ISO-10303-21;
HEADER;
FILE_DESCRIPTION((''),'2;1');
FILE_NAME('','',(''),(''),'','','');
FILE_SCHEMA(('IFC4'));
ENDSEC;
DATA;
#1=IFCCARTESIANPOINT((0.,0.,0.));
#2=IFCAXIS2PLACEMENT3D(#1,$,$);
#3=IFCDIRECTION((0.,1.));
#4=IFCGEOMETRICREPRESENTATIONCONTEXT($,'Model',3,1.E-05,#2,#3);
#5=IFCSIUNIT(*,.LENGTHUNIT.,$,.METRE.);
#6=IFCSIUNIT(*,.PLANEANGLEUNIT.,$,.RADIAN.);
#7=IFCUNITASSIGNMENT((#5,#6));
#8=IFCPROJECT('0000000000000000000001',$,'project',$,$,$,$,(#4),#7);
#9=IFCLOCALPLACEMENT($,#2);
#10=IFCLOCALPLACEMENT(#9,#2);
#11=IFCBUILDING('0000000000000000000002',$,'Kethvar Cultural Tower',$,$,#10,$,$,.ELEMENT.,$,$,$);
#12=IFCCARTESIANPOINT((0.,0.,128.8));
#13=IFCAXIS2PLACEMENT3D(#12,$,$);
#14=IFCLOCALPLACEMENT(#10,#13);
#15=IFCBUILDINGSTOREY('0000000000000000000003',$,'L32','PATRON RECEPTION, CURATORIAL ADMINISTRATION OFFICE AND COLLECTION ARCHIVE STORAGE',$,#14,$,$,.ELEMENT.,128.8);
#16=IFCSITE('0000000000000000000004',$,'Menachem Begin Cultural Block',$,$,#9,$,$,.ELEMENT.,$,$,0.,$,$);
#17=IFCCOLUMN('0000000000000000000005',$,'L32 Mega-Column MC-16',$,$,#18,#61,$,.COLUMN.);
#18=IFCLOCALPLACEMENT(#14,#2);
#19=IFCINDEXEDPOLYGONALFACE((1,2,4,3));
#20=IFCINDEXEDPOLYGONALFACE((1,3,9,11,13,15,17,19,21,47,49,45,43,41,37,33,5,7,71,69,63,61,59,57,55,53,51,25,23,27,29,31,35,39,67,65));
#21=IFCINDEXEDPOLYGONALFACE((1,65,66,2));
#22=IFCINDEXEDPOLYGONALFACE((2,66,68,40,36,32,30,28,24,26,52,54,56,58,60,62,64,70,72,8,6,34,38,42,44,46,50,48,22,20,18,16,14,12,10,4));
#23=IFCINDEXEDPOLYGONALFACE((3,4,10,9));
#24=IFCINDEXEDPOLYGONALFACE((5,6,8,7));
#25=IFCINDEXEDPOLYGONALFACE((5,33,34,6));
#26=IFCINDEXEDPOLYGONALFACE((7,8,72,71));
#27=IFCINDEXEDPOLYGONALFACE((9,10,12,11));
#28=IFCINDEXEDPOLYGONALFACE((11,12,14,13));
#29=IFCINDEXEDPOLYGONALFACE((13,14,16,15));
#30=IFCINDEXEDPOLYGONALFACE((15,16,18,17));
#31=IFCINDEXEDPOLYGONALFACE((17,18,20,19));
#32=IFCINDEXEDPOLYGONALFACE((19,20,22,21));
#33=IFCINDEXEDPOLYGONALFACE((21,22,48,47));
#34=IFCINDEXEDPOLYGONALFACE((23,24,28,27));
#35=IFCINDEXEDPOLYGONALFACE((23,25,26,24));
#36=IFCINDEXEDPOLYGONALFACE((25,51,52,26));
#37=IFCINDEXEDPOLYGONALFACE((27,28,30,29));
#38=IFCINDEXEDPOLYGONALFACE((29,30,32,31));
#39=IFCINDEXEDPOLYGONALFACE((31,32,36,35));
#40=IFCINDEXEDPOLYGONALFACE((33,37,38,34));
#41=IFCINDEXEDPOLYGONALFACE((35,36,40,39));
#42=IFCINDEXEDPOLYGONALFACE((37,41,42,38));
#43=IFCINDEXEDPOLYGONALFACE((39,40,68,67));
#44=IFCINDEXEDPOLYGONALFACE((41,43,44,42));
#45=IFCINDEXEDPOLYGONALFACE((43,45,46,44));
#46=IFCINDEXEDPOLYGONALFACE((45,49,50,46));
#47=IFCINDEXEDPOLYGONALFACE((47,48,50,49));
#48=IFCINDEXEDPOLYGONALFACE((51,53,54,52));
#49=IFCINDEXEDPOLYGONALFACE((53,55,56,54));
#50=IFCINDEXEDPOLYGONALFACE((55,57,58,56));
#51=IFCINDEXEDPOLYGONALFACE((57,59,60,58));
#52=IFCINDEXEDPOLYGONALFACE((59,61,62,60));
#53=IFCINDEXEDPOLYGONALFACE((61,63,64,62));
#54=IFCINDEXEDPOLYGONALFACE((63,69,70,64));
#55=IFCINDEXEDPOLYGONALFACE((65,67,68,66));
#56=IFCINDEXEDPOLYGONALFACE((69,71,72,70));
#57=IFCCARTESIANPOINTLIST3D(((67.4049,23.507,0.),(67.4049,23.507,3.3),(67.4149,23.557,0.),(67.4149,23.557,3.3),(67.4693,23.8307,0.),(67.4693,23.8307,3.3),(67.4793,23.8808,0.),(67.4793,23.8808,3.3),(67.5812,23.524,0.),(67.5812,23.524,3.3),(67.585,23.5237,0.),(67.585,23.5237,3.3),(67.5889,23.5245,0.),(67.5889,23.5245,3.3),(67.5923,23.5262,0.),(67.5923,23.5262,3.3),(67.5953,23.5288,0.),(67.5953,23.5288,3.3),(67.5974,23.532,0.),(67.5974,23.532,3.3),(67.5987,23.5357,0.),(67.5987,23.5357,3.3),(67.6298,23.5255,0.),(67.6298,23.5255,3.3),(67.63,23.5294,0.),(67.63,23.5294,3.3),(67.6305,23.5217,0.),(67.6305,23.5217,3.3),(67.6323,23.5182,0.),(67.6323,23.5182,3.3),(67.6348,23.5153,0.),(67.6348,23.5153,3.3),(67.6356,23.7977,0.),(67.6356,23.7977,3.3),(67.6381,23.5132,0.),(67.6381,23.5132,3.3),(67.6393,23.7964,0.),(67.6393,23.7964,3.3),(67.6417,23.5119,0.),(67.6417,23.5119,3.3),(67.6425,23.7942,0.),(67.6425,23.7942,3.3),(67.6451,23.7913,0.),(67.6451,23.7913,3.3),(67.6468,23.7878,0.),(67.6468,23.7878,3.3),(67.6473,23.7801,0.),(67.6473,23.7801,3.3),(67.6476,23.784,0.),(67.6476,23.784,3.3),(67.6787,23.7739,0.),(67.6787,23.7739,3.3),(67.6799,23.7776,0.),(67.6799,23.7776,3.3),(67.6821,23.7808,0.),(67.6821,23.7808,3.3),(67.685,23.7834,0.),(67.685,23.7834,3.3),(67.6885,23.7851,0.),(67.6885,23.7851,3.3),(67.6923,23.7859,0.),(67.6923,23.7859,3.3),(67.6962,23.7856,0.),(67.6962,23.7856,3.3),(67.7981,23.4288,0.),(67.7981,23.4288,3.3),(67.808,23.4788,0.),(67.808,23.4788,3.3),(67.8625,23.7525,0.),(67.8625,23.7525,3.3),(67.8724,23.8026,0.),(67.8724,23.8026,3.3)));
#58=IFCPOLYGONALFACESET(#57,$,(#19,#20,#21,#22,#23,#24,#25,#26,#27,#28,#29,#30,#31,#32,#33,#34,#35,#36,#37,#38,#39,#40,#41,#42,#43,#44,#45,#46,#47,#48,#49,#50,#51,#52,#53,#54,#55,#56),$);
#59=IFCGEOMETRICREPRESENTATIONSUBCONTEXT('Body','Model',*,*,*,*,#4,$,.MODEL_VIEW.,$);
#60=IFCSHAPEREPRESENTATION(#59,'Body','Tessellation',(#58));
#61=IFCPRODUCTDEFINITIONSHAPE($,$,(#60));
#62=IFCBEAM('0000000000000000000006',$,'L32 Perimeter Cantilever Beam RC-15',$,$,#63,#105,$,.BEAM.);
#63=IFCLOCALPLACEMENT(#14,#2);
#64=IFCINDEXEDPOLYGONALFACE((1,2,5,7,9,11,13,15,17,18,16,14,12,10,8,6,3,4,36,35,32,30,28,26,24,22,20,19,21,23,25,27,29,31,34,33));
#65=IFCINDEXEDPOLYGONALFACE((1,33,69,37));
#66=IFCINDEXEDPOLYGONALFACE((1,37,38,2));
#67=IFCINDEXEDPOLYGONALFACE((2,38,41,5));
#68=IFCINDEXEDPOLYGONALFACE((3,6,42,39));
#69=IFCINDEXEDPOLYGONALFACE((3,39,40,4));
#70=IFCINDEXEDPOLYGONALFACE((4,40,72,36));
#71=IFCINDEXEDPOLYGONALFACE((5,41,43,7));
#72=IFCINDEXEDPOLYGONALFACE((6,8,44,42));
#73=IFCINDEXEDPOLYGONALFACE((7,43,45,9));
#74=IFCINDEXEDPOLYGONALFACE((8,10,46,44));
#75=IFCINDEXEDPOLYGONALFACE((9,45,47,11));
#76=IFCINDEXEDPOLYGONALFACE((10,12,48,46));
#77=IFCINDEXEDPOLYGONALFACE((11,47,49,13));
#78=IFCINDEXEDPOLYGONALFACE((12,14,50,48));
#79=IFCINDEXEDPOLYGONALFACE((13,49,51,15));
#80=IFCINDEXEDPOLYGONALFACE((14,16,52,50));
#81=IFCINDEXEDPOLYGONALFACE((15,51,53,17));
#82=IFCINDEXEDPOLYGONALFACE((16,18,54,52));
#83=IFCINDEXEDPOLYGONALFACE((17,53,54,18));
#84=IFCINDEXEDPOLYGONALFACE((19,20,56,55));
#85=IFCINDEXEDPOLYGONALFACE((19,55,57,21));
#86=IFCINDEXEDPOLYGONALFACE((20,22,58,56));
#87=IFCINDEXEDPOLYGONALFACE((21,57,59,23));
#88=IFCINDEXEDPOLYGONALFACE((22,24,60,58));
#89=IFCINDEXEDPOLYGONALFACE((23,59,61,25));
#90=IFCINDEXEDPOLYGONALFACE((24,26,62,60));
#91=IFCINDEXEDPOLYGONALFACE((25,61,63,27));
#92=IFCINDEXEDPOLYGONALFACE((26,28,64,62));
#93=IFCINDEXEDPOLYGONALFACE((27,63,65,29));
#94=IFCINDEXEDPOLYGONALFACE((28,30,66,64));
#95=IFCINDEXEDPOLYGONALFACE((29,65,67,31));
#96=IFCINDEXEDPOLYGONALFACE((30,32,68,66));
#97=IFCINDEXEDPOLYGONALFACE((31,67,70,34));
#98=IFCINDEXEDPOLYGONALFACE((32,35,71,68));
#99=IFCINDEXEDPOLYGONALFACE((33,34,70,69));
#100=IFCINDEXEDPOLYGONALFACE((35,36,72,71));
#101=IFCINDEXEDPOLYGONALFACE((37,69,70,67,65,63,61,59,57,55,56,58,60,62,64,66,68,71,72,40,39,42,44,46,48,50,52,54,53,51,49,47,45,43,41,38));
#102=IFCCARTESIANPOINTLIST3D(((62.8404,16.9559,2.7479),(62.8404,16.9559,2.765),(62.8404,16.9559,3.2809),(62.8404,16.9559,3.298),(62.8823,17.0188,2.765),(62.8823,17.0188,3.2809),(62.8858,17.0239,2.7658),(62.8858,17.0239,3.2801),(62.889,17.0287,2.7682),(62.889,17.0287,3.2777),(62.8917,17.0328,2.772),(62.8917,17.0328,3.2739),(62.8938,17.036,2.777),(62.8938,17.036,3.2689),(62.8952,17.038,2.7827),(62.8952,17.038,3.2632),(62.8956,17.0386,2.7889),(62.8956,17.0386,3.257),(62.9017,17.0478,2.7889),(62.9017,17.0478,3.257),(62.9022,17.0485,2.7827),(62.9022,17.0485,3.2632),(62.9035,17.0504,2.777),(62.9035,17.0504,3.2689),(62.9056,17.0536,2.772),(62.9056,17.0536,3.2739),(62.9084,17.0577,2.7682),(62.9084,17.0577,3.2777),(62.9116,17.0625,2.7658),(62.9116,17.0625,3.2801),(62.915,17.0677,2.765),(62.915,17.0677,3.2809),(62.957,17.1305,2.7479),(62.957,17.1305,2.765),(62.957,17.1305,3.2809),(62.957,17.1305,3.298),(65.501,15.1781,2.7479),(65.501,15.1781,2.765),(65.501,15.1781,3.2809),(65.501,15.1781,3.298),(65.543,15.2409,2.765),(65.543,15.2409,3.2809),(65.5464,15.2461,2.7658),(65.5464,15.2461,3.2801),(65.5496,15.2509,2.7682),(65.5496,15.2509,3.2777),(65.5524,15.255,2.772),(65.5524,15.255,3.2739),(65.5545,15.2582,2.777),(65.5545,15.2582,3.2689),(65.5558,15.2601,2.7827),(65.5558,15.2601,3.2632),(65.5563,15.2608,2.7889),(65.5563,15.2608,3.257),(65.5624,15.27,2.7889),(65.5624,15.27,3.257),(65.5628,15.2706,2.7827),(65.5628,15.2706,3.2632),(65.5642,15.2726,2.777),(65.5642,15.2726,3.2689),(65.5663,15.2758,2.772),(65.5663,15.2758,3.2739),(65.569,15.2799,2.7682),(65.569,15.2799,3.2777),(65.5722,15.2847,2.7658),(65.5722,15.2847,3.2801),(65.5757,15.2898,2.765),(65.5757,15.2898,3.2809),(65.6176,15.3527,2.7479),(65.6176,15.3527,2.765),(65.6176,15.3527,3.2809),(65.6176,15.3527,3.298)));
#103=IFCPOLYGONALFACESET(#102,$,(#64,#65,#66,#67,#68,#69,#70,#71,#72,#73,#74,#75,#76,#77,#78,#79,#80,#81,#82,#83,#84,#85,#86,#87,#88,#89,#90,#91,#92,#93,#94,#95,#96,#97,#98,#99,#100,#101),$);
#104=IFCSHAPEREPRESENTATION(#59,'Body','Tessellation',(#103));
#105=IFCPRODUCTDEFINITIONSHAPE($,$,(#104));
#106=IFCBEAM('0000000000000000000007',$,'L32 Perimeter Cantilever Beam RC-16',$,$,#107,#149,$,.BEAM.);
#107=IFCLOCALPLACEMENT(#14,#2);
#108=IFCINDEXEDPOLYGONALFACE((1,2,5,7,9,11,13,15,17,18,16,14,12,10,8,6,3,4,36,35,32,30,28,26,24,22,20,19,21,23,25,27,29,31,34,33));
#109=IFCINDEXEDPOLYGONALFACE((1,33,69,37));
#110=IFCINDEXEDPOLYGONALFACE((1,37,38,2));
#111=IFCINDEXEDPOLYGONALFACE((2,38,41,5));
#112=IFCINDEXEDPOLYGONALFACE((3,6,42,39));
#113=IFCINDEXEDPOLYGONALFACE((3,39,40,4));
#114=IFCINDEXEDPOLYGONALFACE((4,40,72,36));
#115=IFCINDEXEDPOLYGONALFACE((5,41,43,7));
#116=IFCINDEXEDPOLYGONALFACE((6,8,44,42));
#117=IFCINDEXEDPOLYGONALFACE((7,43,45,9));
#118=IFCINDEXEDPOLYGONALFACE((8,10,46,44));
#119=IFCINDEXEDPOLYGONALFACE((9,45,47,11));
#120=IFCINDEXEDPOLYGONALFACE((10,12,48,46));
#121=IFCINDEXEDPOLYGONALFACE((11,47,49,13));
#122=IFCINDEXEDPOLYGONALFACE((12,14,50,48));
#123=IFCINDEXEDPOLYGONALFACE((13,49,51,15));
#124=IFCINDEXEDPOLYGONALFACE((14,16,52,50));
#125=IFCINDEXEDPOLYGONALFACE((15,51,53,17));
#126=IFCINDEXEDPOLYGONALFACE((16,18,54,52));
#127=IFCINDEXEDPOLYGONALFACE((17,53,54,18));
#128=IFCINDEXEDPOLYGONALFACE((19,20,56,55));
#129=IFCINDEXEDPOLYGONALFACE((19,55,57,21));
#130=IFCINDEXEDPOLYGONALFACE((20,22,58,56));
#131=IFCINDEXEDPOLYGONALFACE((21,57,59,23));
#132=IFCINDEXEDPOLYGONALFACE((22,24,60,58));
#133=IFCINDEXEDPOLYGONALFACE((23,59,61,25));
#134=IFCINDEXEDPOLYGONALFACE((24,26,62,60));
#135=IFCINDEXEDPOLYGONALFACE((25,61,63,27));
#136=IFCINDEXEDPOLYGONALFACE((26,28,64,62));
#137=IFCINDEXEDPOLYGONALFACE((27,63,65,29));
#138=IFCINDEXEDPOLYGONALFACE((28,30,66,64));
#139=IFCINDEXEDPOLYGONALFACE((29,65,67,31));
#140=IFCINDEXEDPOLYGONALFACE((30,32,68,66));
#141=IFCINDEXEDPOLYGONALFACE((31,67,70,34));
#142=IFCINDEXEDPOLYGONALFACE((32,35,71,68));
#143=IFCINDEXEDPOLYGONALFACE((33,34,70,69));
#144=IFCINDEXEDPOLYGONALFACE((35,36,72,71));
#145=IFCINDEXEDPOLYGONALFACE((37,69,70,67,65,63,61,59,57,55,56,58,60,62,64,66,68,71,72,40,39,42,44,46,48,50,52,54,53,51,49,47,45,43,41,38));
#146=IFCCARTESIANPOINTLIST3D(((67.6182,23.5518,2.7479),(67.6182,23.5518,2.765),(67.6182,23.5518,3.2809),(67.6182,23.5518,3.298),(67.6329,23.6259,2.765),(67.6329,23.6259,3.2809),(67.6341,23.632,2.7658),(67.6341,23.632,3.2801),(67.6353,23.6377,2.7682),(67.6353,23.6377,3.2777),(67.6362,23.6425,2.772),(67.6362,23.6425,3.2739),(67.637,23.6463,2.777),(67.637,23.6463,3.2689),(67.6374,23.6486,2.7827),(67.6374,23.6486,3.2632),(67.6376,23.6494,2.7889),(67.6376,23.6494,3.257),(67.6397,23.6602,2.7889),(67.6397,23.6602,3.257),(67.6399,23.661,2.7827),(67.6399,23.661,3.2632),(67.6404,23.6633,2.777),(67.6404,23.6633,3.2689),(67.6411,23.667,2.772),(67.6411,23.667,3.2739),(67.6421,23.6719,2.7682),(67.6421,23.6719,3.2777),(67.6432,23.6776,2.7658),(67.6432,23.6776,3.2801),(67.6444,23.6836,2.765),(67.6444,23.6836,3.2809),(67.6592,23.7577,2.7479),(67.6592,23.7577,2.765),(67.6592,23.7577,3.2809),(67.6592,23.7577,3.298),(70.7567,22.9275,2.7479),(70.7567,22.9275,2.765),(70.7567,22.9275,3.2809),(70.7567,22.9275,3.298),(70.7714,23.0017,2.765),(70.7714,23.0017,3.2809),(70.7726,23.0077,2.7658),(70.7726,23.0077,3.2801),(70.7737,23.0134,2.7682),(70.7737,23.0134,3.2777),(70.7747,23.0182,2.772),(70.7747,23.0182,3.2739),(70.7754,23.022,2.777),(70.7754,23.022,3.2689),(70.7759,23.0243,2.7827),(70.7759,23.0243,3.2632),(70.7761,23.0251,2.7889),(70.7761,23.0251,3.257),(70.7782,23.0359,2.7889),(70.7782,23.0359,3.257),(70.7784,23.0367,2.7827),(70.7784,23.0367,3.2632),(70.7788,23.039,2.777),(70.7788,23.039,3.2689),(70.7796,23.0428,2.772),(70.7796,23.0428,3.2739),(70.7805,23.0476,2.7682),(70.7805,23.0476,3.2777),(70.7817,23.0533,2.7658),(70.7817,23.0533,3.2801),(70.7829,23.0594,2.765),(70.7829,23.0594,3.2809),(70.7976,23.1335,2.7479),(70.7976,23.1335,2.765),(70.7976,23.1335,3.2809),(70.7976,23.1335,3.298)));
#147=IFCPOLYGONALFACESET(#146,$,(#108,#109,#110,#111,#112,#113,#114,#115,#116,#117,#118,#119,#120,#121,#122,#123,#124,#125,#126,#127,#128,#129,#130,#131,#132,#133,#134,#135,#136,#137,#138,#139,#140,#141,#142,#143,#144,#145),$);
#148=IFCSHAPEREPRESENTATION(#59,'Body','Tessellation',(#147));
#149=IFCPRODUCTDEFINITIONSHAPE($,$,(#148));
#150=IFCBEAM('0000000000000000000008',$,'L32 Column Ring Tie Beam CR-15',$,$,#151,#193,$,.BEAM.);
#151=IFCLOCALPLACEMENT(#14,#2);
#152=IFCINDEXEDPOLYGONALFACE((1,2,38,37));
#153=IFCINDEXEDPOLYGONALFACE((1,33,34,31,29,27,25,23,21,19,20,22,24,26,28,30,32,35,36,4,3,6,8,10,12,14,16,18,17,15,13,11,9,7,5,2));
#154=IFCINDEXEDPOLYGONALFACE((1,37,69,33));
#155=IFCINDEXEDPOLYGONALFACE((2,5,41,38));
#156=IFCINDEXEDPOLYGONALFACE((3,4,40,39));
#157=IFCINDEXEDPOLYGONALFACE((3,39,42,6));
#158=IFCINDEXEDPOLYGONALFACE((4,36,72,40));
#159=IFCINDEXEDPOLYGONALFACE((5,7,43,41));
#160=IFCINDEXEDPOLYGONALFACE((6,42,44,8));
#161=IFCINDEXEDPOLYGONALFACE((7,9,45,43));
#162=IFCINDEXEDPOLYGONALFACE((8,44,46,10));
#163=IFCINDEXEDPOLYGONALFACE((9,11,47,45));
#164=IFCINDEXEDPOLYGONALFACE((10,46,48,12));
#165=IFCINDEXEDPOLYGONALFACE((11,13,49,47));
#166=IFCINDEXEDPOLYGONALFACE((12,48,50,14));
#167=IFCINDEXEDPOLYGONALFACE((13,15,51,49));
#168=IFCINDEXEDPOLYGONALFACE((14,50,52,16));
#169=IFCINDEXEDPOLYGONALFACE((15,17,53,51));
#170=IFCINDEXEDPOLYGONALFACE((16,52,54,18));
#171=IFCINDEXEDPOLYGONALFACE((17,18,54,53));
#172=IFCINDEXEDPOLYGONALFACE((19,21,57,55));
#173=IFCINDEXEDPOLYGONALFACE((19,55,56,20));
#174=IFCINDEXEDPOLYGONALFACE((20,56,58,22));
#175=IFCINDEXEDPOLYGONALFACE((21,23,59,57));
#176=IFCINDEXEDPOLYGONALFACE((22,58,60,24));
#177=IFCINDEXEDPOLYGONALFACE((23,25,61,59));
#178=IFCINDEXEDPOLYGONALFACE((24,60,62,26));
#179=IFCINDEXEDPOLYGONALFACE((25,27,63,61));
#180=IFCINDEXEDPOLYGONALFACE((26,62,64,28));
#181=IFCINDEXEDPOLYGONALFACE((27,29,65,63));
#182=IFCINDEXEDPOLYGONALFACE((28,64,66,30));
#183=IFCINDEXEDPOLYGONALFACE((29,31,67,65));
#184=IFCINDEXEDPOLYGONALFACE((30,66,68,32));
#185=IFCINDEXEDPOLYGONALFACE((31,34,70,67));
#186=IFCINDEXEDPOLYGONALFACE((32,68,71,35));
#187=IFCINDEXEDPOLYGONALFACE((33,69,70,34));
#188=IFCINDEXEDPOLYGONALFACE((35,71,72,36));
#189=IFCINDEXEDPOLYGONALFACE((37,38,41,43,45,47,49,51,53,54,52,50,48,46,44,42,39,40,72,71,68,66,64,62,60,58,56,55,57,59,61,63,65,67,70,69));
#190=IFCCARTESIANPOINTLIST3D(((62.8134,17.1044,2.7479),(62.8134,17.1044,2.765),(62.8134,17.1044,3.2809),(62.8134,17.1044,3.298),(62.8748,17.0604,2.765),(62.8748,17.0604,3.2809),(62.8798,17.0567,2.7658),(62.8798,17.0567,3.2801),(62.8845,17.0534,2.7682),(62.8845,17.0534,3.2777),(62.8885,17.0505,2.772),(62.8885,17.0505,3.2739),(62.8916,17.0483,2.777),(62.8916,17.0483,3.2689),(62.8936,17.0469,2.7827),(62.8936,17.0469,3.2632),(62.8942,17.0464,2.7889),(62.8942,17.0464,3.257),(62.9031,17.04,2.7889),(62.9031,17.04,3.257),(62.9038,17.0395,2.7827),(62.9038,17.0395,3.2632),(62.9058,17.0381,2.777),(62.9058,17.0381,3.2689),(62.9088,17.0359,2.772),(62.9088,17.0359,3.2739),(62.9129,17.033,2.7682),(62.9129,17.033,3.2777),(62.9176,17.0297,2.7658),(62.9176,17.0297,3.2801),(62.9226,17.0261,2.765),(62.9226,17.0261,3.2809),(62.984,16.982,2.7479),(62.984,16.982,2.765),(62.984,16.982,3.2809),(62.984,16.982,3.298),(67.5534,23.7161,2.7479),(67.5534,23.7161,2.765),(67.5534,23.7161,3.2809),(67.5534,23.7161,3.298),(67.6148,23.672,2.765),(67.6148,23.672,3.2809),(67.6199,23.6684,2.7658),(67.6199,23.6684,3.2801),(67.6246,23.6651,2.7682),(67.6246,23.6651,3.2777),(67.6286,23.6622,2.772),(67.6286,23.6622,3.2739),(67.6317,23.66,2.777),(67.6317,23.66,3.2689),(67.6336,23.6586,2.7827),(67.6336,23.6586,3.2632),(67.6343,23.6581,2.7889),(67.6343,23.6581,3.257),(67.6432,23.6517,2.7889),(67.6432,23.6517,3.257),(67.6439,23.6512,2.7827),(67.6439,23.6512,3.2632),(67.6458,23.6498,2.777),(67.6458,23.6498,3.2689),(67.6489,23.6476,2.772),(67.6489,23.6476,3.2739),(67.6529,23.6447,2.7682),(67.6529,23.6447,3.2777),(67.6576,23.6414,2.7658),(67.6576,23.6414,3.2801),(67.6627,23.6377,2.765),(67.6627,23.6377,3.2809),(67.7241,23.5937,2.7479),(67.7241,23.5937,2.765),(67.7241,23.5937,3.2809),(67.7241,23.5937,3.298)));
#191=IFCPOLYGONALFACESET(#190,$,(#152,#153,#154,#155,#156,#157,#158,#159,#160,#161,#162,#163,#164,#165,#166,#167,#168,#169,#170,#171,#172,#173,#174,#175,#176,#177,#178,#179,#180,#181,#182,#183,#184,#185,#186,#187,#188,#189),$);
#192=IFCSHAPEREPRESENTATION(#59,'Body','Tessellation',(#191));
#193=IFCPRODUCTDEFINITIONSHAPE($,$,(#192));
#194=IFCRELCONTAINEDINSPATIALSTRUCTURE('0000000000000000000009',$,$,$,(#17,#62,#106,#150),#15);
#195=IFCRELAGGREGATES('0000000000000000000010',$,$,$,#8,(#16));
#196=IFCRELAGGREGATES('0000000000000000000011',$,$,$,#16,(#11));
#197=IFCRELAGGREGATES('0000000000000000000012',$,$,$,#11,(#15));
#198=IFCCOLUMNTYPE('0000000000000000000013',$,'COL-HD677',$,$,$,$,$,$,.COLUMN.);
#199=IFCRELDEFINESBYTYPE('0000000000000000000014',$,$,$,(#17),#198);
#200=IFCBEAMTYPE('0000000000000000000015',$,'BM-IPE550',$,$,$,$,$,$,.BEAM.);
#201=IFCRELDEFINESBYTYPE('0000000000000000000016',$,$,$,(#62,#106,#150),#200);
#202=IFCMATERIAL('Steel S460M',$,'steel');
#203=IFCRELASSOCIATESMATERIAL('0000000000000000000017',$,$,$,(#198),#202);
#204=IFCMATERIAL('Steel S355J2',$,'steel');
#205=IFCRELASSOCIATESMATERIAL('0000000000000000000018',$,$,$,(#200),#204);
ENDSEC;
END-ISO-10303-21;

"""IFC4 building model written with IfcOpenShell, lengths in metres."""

from ifc_helpers import new_model, si_unit, direction, frame, origin, origin_2d, place, context, subcontext, project, spatial, i_section, extrude, source, transform, mapped, material, material_profile, profile_set, type_object, element, save


model = new_model("IFC4")

# Units and contexts
model_context = context("Model", 3, precision=1e-05, world=origin(), true_north=direction((0.0, 1.0)))
body_context = subcontext(model_context, "Body", "Model", "MODEL_VIEW")
ifc_project = project(units=[si_unit("LENGTHUNIT", "METRE"), si_unit("PLANEANGLEUNIT", "RADIAN")], contexts=[model_context])

# Site, building, storey
site_placement = place(None, origin())
site = spatial("IfcSite", under=ifc_project, at=site_placement, Name="Menachem Begin Cultural Block", CompositionType="ELEMENT", RefElevation=0.0)
building_placement = place(site_placement, origin())
building = spatial("IfcBuilding", under=site, at=building_placement, Name="Kethvar Cultural Tower", CompositionType="ELEMENT")
storey_placement = place(building_placement, frame((0.0, 0.0, 128.8)))
storey = spatial("IfcBuildingStorey", under=building, at=storey_placement, Name="L32", Description="PATRON RECEPTION, CURATORIAL ADMINISTRATION OFFICE AND COLLECTION ARCHIVE STORAGE", CompositionType="ELEMENT", Elevation=128.8)

# Column
ifc_material_1 = material(Name="Steel S460M", Category="steel")
ifc_material_profile_1 = material_profile(ifc_material_1, i_section(OverallWidth=0.4009, OverallDepth=0.3811, WebThickness=0.032, FlangeThickness=0.051, FilletRadius=0.0149, at=origin_2d()), Name="Steel S460M — HD400x677")
ifc_profile_set_1 = profile_set([ifc_material_profile_1], Name="Steel S460M — HD400x677")
column_type = type_object("IfcColumnType", Name="COL-HD677", PredefinedType="COLUMN", material=ifc_profile_set_1)
shared_shape_1 = source(origin(), body_context, "Body", "SweptSolid", [
    extrude(i_section(OverallWidth=0.4009, OverallDepth=0.3811, WebThickness=0.032, FlangeThickness=0.051, FilletRadius=0.0149, at=origin_2d()), origin(), (0.0, 0.0, 1.0), 3.3),
])
column_placement = place(storey_placement, frame((67.6387, 23.6548, 0.0), z_axis=(0.0, 0.0, 1.0), x_axis=(0.980785, -0.19509, 0.0)))
element("IfcColumn", 1, at=column_placement, inside=storey, type_object=column_type, Name="L32 Mega-Column MC-16", PredefinedType="COLUMN", context=body_context, shape_type="MappedRepresentation", body=[
    mapped(shared_shape_1, transform((0.0, 0.0, 0.0), scale=1.0)),
])

# Beams
ifc_material_2 = material(Name="Steel S355J2", Category="steel")
ifc_material_profile_2 = material_profile(ifc_material_2, i_section(OverallWidth=0.21, OverallDepth=0.55, WebThickness=0.011, FlangeThickness=0.0171, FilletRadius=0.0239, at=origin_2d()), Name="Steel S355J2 — IPE550")
ifc_profile_set_2 = profile_set([ifc_material_profile_2], Name="Steel S355J2 — IPE550")
beam_type_1 = type_object("IfcBeamType", Name="BM-IPE550", PredefinedType="BEAM", material=ifc_profile_set_2)
shared_shape_2 = source(origin(), body_context, "Body", "SweptSolid", [
    extrude(i_section(OverallWidth=0.21, OverallDepth=0.55, WebThickness=0.011, FlangeThickness=0.0171, FilletRadius=0.0239, at=origin_2d()), origin(), (0.0, 0.0, 1.0), 3.2),
])
for number, where, z_axis, x_axis, name in (
    (2, (62.8987, 17.0432, 3.0229), (0.831463, -0.55558, 0.0), (0.55558, 0.831463, 0.0), "L32 Perimeter Cantilever Beam RC-15"),
    (3, (67.6387, 23.6548, 3.0229), (0.980786, -0.195089, 0.0), (0.195089, 0.980786, 0.0), "L32 Perimeter Cantilever Beam RC-16"),
):
    element("IfcBeam", number, at=place(storey_placement, frame(where, z_axis=z_axis, x_axis=x_axis)), inside=storey, type_object=beam_type_1, Name=name, PredefinedType="BEAM", context=body_context, shape_type="MappedRepresentation", body=[
        mapped(shared_shape_2, transform((0.0, 0.0, 0.0), scale=1.0)),
    ])
shared_shape_3 = source(origin(), body_context, "Body", "SweptSolid", [
    extrude(i_section(OverallWidth=0.21, OverallDepth=0.55, WebThickness=0.011, FlangeThickness=0.0171, FilletRadius=0.0239, at=origin_2d()), origin(), (0.0, 0.0, 1.0), 8.1353),
])
beam_1_placement = place(storey_placement, frame((62.8987, 17.0432, 3.0229), z_axis=(0.582657, 0.812718, 0.0), x_axis=(-0.812718, 0.582657, 0.0)))
element("IfcBeam", 4, at=beam_1_placement, inside=storey, type_object=beam_type_1, Name="L32 Column Ring Tie Beam CR-15", PredefinedType="BEAM", context=body_context, shape_type="MappedRepresentation", body=[
    mapped(shared_shape_3, transform((0.0, 0.0, 0.0), scale=1.0)),
])

save(model, "model.ifc")
